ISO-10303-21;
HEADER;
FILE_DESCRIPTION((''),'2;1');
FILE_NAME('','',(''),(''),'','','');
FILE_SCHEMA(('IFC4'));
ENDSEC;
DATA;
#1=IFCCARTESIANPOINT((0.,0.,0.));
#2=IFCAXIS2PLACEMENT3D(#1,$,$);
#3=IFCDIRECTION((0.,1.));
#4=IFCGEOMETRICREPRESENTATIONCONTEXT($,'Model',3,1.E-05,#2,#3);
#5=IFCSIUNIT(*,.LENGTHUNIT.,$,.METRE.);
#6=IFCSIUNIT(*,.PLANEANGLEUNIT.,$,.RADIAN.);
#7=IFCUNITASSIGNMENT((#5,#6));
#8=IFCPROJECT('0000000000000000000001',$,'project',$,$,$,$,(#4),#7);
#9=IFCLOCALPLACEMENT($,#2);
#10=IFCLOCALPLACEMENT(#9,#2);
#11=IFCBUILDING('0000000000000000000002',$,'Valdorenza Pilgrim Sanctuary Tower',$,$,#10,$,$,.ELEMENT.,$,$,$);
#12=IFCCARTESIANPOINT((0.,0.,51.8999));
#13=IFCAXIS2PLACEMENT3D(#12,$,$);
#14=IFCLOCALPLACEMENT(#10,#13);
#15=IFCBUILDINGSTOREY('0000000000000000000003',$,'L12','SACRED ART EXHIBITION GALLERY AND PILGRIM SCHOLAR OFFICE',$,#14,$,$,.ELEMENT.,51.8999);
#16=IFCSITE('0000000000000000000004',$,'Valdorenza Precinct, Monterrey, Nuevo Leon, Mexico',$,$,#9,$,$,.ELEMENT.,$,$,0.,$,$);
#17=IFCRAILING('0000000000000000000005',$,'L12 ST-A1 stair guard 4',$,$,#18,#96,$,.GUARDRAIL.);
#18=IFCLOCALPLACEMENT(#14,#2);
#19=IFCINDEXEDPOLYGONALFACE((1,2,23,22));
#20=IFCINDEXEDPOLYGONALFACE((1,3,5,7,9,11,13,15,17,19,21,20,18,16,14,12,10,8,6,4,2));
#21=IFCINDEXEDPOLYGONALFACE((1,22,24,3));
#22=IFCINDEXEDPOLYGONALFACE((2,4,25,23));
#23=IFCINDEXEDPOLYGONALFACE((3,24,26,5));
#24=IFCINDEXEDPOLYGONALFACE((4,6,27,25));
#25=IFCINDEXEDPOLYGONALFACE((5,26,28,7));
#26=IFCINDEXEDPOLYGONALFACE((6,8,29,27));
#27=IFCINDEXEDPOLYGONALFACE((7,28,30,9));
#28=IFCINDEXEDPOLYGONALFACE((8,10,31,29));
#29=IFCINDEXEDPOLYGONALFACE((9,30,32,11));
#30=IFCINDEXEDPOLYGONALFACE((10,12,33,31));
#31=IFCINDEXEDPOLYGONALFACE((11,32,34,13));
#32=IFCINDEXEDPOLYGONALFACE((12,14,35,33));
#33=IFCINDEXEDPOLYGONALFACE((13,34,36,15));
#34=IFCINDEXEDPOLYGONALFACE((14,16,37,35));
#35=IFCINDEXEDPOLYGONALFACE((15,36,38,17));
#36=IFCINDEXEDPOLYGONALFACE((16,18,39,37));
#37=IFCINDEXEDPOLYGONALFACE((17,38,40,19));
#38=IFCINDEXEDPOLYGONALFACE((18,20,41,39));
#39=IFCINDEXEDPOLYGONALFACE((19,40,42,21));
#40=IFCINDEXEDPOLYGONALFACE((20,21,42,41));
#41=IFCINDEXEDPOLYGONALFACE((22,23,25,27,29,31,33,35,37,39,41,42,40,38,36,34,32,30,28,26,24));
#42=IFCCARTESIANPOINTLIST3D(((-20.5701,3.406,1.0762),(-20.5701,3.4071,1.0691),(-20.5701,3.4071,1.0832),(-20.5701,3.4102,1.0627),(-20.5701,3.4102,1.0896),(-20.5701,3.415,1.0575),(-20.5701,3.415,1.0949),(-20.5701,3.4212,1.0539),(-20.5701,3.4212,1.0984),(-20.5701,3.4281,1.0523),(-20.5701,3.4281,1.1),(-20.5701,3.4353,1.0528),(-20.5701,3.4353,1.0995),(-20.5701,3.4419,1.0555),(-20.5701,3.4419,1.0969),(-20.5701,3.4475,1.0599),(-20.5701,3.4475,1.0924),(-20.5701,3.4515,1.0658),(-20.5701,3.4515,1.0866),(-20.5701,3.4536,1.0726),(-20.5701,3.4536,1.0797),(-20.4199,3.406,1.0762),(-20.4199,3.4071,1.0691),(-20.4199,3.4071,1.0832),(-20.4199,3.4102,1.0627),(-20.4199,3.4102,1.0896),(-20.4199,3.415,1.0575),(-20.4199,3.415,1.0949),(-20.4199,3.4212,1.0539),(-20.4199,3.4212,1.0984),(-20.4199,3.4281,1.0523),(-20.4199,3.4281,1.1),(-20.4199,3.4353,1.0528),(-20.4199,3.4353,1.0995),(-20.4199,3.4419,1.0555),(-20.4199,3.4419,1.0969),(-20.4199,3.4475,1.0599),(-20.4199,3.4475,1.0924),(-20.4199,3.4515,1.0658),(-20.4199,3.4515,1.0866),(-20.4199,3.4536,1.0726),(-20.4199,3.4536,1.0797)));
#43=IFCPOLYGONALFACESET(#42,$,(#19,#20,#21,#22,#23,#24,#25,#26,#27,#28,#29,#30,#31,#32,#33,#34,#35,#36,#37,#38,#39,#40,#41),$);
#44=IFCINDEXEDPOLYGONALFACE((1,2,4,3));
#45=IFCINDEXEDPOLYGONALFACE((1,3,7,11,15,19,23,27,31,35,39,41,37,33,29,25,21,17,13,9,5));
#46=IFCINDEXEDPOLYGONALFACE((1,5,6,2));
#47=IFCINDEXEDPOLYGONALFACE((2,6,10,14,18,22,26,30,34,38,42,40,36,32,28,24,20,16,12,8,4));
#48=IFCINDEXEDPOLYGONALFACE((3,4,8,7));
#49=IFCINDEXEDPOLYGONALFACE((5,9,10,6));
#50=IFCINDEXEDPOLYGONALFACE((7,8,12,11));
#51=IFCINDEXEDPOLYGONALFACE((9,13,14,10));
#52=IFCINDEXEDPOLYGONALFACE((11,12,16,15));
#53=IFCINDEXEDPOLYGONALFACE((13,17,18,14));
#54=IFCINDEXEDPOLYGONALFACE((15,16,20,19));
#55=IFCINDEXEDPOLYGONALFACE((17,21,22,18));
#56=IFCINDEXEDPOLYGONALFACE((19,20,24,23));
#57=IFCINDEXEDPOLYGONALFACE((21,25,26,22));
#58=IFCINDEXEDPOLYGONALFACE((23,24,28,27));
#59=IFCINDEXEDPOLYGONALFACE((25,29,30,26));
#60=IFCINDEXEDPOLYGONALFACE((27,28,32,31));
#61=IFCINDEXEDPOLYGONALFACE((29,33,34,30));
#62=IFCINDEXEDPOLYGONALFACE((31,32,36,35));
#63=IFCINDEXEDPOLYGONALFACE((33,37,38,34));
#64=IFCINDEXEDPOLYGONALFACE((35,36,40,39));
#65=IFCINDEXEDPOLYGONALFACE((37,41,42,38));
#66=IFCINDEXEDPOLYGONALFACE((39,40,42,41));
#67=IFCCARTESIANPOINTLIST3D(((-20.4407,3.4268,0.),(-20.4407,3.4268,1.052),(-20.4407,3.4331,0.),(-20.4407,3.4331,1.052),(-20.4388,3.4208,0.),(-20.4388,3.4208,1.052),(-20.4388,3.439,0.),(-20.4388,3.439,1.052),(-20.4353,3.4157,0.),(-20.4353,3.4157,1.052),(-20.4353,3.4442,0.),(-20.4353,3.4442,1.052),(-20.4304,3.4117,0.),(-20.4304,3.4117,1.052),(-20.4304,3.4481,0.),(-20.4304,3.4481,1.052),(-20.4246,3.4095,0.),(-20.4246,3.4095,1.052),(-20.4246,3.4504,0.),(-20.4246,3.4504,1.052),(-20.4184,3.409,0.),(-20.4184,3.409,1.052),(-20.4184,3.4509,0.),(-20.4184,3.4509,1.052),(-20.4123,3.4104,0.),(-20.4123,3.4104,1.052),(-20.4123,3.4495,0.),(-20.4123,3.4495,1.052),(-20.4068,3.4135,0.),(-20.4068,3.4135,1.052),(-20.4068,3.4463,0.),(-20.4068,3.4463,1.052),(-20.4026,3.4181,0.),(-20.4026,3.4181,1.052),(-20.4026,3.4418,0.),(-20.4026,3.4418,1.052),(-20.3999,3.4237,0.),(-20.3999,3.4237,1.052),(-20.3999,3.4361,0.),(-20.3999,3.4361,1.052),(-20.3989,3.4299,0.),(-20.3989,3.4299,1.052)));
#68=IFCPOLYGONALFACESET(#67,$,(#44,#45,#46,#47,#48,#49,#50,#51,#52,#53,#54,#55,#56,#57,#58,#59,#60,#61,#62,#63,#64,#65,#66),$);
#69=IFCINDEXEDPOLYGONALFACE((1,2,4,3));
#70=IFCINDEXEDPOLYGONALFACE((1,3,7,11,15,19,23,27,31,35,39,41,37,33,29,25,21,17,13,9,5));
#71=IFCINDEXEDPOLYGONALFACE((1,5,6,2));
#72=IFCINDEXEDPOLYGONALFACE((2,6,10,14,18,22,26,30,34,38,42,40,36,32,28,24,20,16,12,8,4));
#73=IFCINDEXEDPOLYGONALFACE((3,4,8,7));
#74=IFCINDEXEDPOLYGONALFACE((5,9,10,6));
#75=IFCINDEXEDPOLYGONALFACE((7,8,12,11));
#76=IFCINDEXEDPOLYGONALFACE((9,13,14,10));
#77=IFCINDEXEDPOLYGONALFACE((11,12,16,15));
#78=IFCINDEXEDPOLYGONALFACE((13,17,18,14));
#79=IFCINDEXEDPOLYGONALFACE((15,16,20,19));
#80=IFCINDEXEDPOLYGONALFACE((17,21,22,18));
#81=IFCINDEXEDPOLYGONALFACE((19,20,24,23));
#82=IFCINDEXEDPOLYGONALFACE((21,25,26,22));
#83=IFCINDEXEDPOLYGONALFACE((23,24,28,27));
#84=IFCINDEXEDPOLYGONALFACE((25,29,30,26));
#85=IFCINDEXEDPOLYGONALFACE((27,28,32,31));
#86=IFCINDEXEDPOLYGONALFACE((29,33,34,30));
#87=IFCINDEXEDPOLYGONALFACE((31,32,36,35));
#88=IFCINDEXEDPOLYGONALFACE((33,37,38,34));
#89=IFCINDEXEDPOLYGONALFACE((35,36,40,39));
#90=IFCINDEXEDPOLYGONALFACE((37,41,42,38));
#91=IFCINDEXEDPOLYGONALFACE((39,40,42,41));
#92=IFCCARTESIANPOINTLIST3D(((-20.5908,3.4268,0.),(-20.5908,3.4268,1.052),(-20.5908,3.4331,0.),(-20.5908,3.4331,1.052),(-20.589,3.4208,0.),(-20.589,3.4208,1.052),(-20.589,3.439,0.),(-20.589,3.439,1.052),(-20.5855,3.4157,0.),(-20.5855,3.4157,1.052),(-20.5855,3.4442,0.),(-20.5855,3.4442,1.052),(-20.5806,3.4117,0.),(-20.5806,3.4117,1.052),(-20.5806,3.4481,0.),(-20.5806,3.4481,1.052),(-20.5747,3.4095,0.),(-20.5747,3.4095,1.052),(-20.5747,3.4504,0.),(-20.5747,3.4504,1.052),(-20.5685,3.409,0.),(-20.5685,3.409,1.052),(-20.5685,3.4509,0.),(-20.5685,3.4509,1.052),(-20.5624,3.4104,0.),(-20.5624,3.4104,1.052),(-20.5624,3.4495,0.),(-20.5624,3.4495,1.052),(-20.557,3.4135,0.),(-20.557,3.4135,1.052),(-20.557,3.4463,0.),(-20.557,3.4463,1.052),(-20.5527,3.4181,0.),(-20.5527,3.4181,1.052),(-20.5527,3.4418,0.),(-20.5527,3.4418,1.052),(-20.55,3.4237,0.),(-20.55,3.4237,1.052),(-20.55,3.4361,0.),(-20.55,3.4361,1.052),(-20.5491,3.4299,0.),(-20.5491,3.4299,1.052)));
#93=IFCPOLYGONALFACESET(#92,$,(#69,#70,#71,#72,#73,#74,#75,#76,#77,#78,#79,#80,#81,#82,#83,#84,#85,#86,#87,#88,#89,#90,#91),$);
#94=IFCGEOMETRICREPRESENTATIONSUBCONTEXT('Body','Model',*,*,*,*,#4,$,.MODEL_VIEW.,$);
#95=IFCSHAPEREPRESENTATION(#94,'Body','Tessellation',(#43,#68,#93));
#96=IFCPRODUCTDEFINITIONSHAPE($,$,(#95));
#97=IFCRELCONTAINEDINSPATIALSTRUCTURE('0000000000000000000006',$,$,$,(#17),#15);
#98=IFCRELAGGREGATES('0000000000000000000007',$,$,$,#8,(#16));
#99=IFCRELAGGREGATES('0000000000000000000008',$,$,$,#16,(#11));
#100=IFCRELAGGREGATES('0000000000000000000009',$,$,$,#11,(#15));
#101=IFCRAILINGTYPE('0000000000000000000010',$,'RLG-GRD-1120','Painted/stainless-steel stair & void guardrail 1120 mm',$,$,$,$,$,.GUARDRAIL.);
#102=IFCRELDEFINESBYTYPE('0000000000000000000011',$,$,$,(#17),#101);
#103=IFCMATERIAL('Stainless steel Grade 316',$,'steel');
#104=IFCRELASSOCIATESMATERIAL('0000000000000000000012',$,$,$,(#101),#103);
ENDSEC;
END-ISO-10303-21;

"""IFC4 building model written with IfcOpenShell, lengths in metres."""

from ifc_helpers import new_model, si_unit, direction, frame, origin, origin_2d, place, context, subcontext, project, spatial, circle, extrude, material, type_object, element, save


model = new_model("IFC4")

# Units and contexts
model_context = context("Model", 3, precision=1e-05, world=origin(), true_north=direction((0.0, 1.0)))
body_context = subcontext(model_context, "Body", "Model", "MODEL_VIEW")
ifc_project = project(units=[si_unit("LENGTHUNIT", "METRE"), si_unit("PLANEANGLEUNIT", "RADIAN")], contexts=[model_context])

# Site, building, storey
site_placement = place(None, origin())
site = spatial("IfcSite", under=ifc_project, at=site_placement, Name="Valdorenza Precinct, Monterrey, Nuevo Leon, Mexico", CompositionType="ELEMENT", RefElevation=0.0)
building_placement = place(site_placement, origin())
building = spatial("IfcBuilding", under=site, at=building_placement, Name="Valdorenza Pilgrim Sanctuary Tower", CompositionType="ELEMENT")
storey_placement = place(building_placement, frame((0.0, 0.0, 51.8999)))
storey = spatial("IfcBuildingStorey", under=building, at=storey_placement, Name="L12", Description="SACRED ART EXHIBITION GALLERY AND PILGRIM SCHOLAR OFFICE", CompositionType="ELEMENT", Elevation=51.8999)

# Railing
ifc_material_1 = material(Name="Stainless steel Grade 316", Category="steel")
railing_type_1 = type_object("IfcRailingType", Name="RLG-GRD-1120", Description="Painted/stainless-steel stair & void guardrail 1120 mm", PredefinedType="GUARDRAIL", material=ifc_material_1)
railing_1_placement = place(storey_placement, frame((-20.4199, 3.4299, 0.0)))
element("IfcRailing", 1, at=railing_1_placement, inside=storey, type_object=railing_type_1, Name="L12 ST-A1 stair guard 4", PredefinedType="GUARDRAIL", context=body_context, shape_type="SweptSolid", body=[
    extrude(circle(Radius=0.0239, at=origin_2d()), frame((0.0, 0.0, 1.0762), z_axis=(-1.0, 0.0, 0.0), x_axis=(0.0, -1.0, 0.0)), (0.0, 0.0, 1.0), 0.1501),
    extrude(circle(Radius=0.021, at=origin_2d()), origin(), (0.0, 0.0, 1.0), 1.052),
    extrude(circle(Radius=0.021, at=origin_2d()), frame((-0.1501, 0.0, 0.0)), (0.0, 0.0, 1.0), 1.052),
])

save(model, "model.ifc")
